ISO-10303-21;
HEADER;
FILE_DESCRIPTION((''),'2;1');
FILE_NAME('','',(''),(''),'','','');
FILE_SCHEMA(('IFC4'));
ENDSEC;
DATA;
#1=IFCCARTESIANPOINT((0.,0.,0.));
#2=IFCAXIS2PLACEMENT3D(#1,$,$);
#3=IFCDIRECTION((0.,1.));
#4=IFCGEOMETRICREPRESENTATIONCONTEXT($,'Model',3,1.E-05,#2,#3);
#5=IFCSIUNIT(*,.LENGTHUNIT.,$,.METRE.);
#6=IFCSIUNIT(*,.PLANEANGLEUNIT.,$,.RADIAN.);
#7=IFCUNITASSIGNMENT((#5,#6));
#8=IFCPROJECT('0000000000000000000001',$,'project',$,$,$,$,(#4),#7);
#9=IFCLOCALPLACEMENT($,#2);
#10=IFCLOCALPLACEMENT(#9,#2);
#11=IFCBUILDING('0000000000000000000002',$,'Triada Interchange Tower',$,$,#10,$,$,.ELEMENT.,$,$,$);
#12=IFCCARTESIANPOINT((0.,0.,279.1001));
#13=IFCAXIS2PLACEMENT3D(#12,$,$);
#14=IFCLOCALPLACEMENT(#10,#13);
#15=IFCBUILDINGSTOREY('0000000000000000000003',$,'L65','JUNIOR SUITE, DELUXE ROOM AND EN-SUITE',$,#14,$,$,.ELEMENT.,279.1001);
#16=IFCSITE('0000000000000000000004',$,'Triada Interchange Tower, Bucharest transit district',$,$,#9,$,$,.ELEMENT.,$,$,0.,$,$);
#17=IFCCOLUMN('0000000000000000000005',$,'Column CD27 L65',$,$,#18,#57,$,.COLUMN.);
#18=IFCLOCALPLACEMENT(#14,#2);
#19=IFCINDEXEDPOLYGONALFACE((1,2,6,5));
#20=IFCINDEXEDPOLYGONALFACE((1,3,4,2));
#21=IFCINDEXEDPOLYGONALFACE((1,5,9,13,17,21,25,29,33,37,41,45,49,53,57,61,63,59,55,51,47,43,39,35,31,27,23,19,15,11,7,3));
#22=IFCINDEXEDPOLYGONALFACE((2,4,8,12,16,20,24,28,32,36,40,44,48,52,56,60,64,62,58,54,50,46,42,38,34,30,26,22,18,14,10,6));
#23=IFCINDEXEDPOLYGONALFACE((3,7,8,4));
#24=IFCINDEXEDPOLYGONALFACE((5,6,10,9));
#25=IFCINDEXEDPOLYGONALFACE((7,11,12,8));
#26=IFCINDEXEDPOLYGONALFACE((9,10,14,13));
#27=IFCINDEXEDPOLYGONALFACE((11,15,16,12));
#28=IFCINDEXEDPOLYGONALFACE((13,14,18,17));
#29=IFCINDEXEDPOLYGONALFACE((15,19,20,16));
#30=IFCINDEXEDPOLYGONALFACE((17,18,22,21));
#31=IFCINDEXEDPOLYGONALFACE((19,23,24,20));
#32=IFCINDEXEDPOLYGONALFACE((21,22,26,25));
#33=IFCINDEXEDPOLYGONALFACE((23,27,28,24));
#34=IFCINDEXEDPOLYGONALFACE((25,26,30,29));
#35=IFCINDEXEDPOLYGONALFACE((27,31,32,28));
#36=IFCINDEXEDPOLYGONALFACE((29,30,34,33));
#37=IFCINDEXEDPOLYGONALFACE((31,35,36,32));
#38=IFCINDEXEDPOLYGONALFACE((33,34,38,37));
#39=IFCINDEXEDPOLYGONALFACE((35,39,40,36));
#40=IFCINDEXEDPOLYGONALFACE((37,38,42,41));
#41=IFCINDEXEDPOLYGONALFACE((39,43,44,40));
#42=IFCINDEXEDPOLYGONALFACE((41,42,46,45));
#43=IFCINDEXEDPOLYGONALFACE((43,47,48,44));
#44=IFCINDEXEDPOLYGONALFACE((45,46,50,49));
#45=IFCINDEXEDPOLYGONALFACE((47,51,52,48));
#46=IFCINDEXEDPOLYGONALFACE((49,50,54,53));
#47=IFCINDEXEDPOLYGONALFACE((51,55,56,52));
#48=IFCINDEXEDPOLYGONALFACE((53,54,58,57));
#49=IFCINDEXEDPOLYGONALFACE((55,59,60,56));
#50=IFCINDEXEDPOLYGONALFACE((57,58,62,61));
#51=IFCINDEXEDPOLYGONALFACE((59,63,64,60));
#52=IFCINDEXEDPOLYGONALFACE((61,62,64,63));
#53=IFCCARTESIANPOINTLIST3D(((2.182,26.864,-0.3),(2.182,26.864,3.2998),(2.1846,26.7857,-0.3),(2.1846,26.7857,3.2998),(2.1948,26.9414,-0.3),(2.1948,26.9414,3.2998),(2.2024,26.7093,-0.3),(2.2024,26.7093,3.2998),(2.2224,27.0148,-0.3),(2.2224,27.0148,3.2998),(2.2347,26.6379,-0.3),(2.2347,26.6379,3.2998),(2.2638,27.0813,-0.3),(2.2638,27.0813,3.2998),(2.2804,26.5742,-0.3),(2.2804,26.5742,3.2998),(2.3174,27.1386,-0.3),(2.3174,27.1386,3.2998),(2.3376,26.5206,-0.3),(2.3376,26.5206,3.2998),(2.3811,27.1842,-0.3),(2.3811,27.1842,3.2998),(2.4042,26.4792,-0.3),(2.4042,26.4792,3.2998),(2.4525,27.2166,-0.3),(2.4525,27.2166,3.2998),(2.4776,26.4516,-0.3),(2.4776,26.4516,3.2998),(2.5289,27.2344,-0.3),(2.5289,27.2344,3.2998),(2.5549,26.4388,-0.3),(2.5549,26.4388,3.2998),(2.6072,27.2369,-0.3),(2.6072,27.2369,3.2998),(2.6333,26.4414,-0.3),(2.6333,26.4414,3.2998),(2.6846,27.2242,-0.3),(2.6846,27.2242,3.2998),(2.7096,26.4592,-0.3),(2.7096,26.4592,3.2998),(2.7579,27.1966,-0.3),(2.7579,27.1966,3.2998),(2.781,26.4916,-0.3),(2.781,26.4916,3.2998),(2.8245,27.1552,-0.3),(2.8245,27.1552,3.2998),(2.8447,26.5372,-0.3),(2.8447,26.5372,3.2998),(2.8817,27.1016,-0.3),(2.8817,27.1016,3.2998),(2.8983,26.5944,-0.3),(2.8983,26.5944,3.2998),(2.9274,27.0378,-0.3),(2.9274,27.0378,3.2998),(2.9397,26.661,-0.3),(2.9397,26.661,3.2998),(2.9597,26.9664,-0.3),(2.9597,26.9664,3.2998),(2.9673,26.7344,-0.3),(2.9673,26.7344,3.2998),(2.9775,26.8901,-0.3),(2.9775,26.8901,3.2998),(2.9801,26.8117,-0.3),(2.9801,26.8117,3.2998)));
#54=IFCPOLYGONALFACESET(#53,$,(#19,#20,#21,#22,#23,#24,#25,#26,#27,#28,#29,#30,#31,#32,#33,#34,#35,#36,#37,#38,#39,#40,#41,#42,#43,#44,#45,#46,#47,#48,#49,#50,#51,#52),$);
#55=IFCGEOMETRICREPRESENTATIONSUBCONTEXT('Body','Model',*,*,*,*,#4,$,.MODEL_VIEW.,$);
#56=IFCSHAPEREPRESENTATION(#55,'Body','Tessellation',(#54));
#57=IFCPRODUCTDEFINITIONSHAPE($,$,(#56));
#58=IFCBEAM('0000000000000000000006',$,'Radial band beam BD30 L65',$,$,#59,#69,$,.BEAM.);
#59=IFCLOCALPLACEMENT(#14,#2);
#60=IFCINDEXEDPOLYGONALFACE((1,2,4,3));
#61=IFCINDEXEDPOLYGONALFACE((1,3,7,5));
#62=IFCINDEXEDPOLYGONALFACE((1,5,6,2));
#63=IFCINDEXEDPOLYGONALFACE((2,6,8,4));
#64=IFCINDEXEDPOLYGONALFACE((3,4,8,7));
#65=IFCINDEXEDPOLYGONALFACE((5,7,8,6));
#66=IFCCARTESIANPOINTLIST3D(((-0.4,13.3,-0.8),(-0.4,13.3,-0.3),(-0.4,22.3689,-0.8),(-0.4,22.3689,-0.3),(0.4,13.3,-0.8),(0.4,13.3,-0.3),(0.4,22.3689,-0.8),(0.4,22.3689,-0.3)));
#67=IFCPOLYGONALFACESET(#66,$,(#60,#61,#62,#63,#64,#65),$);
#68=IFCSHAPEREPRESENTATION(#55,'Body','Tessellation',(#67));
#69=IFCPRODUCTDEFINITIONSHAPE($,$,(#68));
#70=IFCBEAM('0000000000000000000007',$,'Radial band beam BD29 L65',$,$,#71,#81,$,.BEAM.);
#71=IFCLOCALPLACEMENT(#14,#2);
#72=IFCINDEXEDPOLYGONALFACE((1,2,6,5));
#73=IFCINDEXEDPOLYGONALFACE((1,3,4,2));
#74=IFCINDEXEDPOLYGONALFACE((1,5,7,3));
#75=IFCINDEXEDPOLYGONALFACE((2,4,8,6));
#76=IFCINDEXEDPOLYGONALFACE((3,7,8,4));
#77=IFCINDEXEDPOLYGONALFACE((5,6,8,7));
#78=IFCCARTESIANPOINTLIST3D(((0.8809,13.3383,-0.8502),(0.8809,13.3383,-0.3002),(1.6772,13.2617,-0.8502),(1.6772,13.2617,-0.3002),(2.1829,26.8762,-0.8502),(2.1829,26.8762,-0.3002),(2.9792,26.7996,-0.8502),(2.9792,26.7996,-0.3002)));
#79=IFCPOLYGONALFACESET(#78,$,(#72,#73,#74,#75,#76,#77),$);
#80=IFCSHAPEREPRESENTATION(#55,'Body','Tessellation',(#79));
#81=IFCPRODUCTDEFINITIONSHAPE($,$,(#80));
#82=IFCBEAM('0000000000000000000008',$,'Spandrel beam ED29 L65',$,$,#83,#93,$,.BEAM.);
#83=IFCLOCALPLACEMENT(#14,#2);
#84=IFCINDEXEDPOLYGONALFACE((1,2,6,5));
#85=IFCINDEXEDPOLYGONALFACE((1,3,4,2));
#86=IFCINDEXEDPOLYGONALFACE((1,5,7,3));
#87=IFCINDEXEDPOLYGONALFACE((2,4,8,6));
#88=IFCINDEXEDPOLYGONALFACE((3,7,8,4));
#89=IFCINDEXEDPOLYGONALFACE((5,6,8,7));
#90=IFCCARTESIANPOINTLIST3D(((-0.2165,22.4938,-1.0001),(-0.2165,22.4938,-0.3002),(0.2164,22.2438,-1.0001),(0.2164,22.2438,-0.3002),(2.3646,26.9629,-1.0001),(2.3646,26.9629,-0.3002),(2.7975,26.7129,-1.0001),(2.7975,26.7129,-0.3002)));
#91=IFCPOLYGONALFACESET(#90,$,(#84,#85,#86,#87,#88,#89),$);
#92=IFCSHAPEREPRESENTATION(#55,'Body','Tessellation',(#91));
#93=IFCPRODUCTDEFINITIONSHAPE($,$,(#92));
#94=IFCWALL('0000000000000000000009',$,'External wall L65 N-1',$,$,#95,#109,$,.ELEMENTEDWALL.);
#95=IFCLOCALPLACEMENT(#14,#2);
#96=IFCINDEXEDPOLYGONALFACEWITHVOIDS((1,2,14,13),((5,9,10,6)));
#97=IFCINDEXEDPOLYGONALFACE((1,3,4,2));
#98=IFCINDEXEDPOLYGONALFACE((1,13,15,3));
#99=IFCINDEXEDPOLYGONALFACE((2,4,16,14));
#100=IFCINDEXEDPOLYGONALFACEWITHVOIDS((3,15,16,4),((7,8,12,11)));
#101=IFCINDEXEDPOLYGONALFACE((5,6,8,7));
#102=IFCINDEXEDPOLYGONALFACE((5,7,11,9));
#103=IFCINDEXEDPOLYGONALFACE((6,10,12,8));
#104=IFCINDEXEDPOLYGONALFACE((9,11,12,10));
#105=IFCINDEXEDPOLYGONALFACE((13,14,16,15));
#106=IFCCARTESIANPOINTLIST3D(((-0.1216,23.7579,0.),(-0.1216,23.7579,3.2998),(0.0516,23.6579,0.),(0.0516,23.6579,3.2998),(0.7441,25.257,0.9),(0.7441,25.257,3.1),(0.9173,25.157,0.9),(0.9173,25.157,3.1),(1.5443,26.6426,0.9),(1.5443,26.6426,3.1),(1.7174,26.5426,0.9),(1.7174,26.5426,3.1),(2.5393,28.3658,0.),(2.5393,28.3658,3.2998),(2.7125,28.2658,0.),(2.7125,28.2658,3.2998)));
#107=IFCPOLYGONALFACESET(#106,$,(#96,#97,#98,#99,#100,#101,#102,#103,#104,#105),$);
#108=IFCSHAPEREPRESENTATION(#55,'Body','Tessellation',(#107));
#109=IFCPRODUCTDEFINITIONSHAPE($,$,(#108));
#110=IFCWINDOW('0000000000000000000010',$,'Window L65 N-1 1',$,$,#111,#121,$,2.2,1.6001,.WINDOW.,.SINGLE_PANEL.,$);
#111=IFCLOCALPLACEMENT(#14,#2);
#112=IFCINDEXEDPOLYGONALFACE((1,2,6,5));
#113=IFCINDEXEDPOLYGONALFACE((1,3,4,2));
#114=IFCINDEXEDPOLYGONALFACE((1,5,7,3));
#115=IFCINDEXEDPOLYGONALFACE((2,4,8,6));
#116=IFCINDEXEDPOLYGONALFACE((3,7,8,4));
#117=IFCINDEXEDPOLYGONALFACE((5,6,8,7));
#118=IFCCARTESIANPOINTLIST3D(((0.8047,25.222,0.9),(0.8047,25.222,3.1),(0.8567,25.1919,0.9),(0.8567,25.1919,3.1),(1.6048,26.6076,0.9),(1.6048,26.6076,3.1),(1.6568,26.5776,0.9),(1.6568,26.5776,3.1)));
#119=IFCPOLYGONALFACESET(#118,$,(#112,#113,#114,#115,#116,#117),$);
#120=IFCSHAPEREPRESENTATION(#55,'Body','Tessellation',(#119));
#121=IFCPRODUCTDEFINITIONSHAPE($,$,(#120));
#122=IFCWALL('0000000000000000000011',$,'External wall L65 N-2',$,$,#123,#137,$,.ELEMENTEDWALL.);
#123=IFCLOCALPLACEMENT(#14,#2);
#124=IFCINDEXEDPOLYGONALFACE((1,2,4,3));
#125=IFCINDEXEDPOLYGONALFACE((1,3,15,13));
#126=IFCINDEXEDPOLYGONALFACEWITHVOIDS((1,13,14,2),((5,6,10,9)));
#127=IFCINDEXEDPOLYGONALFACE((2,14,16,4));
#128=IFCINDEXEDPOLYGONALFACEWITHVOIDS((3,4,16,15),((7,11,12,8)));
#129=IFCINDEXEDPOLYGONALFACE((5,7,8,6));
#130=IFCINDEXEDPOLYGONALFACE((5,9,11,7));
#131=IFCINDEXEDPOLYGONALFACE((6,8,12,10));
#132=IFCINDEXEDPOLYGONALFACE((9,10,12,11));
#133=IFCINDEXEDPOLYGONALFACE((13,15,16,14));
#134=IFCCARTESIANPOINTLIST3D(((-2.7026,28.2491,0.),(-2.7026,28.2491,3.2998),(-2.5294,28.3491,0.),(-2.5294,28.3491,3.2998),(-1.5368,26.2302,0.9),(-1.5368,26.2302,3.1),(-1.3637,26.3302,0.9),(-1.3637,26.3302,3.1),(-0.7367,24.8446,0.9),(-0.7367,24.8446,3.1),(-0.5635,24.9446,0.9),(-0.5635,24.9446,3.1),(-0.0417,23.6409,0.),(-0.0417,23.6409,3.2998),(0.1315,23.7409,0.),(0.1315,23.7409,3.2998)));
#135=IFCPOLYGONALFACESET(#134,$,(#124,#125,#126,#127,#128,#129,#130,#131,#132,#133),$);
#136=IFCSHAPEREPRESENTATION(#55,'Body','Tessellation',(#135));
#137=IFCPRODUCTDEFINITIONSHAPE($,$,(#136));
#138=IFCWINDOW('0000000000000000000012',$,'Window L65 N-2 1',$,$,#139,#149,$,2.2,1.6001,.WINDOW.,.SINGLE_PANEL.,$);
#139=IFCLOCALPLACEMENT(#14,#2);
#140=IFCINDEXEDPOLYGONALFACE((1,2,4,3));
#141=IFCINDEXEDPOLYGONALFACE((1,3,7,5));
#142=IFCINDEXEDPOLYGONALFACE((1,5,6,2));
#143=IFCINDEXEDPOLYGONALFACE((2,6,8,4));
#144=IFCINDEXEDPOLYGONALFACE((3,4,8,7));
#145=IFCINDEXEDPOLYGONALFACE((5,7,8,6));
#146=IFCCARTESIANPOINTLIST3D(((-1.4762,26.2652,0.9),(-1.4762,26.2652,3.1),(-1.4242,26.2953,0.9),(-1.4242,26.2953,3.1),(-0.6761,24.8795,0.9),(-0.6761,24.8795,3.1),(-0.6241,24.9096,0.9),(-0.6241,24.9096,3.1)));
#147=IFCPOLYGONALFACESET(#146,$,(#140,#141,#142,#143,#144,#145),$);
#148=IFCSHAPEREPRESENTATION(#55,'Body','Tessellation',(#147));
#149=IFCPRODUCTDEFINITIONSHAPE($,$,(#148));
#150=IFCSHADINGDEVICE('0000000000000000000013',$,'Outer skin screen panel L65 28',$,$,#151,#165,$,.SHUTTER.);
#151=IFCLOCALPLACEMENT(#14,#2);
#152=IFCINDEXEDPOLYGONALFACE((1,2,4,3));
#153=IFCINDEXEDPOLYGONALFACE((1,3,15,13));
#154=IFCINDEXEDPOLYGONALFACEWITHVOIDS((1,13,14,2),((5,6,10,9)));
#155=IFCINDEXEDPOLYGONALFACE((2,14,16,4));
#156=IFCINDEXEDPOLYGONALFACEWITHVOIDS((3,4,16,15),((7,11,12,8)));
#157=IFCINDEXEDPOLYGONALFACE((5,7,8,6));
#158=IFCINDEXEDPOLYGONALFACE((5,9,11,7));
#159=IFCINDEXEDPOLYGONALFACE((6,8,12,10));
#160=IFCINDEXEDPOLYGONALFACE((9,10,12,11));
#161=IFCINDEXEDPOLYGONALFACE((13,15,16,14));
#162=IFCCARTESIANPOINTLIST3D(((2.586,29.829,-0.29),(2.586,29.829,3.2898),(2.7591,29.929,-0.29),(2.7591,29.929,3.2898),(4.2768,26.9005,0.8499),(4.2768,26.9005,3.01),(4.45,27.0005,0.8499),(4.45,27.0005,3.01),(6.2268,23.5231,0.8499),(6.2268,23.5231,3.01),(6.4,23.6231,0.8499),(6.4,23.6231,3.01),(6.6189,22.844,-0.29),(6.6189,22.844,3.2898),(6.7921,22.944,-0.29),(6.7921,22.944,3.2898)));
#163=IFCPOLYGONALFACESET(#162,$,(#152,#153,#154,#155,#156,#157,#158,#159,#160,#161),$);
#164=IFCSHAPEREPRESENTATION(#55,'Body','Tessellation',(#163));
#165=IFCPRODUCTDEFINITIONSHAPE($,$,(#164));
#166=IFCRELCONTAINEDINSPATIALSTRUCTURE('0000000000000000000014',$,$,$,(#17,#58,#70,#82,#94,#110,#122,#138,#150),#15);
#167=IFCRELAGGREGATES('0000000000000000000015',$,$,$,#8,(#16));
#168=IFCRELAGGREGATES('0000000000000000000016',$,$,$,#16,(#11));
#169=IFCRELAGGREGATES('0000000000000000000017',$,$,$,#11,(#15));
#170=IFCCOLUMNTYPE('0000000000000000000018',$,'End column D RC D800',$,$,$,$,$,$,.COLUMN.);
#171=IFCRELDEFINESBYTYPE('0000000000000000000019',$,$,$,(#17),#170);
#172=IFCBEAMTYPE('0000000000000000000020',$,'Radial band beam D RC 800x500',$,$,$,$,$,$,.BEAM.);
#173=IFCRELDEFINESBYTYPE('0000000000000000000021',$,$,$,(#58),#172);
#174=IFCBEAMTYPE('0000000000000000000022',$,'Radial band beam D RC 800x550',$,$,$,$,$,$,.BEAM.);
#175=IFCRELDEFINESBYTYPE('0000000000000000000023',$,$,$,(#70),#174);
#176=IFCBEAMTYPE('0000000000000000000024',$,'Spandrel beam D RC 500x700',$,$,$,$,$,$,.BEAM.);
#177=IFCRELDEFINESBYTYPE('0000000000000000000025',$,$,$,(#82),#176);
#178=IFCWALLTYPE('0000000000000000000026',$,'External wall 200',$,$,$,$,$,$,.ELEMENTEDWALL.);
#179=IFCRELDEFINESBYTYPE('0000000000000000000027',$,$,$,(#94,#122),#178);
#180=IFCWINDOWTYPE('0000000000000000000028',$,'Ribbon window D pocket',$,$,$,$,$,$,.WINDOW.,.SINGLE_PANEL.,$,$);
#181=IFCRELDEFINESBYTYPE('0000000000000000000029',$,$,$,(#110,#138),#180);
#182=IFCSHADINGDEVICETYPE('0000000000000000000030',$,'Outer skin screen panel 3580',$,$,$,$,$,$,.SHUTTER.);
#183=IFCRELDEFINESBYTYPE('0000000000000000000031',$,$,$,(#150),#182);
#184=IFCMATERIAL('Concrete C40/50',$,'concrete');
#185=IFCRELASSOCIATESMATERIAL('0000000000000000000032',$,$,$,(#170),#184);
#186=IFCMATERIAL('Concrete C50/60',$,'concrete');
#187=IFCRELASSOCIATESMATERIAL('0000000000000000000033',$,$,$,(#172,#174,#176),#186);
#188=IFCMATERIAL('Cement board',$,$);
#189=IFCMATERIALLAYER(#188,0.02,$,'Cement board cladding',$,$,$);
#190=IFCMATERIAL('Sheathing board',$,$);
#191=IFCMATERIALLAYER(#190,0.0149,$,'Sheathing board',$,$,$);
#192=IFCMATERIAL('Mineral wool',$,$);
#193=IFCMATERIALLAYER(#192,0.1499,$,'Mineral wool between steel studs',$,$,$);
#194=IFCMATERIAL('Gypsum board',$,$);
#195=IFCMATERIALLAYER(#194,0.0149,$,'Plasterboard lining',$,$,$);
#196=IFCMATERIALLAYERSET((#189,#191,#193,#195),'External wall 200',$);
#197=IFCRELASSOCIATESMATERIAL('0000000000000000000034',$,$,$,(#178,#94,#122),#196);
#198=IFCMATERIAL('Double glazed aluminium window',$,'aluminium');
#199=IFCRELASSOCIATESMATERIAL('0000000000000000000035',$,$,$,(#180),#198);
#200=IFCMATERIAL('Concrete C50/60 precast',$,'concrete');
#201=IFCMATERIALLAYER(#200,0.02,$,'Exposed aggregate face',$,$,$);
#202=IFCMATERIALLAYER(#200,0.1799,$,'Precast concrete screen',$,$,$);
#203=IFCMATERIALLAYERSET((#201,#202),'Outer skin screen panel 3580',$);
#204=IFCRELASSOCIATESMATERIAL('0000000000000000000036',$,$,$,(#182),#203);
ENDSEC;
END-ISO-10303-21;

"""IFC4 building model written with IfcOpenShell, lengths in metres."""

from ifc_helpers import new_model, si_unit, direction, frame, frame_2d, origin, origin_2d, place, context, subcontext, project, spatial, polyline, rectangle, circle, outline, extrude, material, layer, layer_set, layer_usage, material_profile, profile_set, type_object, element, fill, save


model = new_model("IFC4")

# Units and contexts
model_context = context("Model", 3, precision=1e-05, world=origin(), true_north=direction((0.0, 1.0)))
body_context = subcontext(model_context, "Body", "Model", "MODEL_VIEW")
ifc_project = project(units=[si_unit("LENGTHUNIT", "METRE"), si_unit("PLANEANGLEUNIT", "RADIAN")], contexts=[model_context])

# Site, building, storey
site_placement = place(None, origin())
site = spatial("IfcSite", under=ifc_project, at=site_placement, Name="Triada Interchange Tower, Bucharest transit district", CompositionType="ELEMENT", RefElevation=0.0)
building_placement = place(site_placement, origin())
building = spatial("IfcBuilding", under=site, at=building_placement, Name="Triada Interchange Tower", CompositionType="ELEMENT")
storey_placement = place(building_placement, frame((0.0, 0.0, 279.1001)))
storey = spatial("IfcBuildingStorey", under=building, at=storey_placement, Name="L65", Description="JUNIOR SUITE, DELUXE ROOM AND EN-SUITE", CompositionType="ELEMENT", Elevation=279.1001)

# Column
ifc_material_1 = material(Name="Concrete C40/50", Category="concrete")
ifc_material_profile_1 = material_profile(ifc_material_1, circle(Radius=0.3999, at=origin_2d()), Name="RC D800")
ifc_profile_set_1 = profile_set([ifc_material_profile_1], Name="Concrete C40/50")
column_type = type_object("IfcColumnType", Name="End column D RC D800", PredefinedType="COLUMN", material=ifc_profile_set_1)
column_placement = place(storey_placement, frame((2.5811, 26.8379, -0.3), z_axis=(0.0, 0.0, 1.0), x_axis=(-0.5, 0.866025, 0.0)))
element("IfcColumn", 1, at=column_placement, inside=storey, type_object=column_type, Name="Column CD27 L65", PredefinedType="COLUMN", context=body_context, shape_type="SweptSolid", body=[
    extrude(circle(Radius=0.3999, at=origin_2d()), origin(), (0.0, 0.0, 1.0), 3.5999),
])

# Beams
ifc_material_2 = material(Name="Concrete C50/60", Category="concrete")
ifc_material_profile_2 = material_profile(ifc_material_2, rectangle(XDim=0.8, YDim=0.5, at=origin_2d()), Name="RC 800x500")
ifc_profile_set_2 = profile_set([ifc_material_profile_2], Name="Concrete C50/60")
beam_type_1 = type_object("IfcBeamType", Name="Radial band beam D RC 800x500", PredefinedType="BEAM", material=ifc_profile_set_2)
beam_1_placement = place(storey_placement, frame((0.0, 22.3689, -0.55), z_axis=(0.0, -1.0, 0.0), x_axis=(1.0, 0.0, 0.0)))
element("IfcBeam", 2, at=beam_1_placement, inside=storey, type_object=beam_type_1, Name="Radial band beam BD30 L65", PredefinedType="BEAM", context=body_context, shape_type="SweptSolid", body=[
    extrude(rectangle(XDim=0.8, YDim=0.5, at=origin_2d()), origin(), (0.0, 0.0, 1.0), 9.0688),
])
ifc_material_profile_3 = material_profile(ifc_material_2, rectangle(XDim=0.8, YDim=0.55, at=origin_2d()), Name="RC 800x550")
ifc_profile_set_3 = profile_set([ifc_material_profile_3], Name="Concrete C50/60")
beam_type_2 = type_object("IfcBeamType", Name="Radial band beam D RC 800x550", PredefinedType="BEAM", material=ifc_profile_set_3)
beam_2_placement = place(storey_placement, frame((2.5811, 26.8379, -0.5752), z_axis=(-0.095733, -0.995407, 0.0), x_axis=(0.995407, -0.095733, 0.0)))
element("IfcBeam", 3, at=beam_2_placement, inside=storey, type_object=beam_type_2, Name="Radial band beam BD29 L65", PredefinedType="BEAM", context=body_context, shape_type="SweptSolid", body=[
    extrude(rectangle(XDim=0.8, YDim=0.55, at=origin_2d()), origin(), (0.0, 0.0, 1.0), 13.6003),
])
ifc_material_profile_4 = material_profile(ifc_material_2, rectangle(XDim=0.5, YDim=0.7, at=origin_2d()), Name="RC 500x700")
ifc_profile_set_4 = profile_set([ifc_material_profile_4], Name="Concrete C50/60")
beam_type_3 = type_object("IfcBeamType", Name="Spandrel beam D RC 500x700", PredefinedType="BEAM", material=ifc_profile_set_4)
beam_3_placement = place(storey_placement, frame((2.5811, 26.8379, -0.6501), z_axis=(-0.500128, -0.865952, 0.0), x_axis=(0.865952, -0.500128, 0.0)))
element("IfcBeam", 4, at=beam_3_placement, inside=storey, type_object=beam_type_3, Name="Spandrel beam ED29 L65", PredefinedType="BEAM", context=body_context, shape_type="SweptSolid", body=[
    extrude(rectangle(XDim=0.5, YDim=0.7, at=origin_2d()), origin(), (0.0, 0.0, 1.0), 5.1609),
])

# Walls, openings, windows
ifc_material_3 = material(Name="Cement board")
ifc_layer_1 = layer(ifc_material_3, 0.02, Name="Cement board cladding")
ifc_material_4 = material(Name="Sheathing board")
ifc_layer_2 = layer(ifc_material_4, 0.0149, Name="Sheathing board")
ifc_material_5 = material(Name="Mineral wool")
ifc_layer_3 = layer(ifc_material_5, 0.1499, Name="Mineral wool between steel studs")
ifc_material_6 = material(Name="Gypsum board")
ifc_layer_4 = layer(ifc_material_6, 0.0149, Name="Plasterboard lining")
ifc_layer_set_1 = layer_set([ifc_layer_1, ifc_layer_2, ifc_layer_3, ifc_layer_4], Name="External wall 200")
ifc_layer_usage = layer_usage(ifc_layer_set_1, "AXIS2", "POSITIVE", -0.1001)
wall_type = type_object("IfcWallType", Name="External wall 200", PredefinedType="ELEMENTEDWALL", material=ifc_layer_set_1)
wall_1_placement = place(storey_placement, frame((2.626, 28.3159, 0.0), z_axis=(0.0, 0.0, 1.0), x_axis=(-0.500072, -0.865984, 0.0)))
wall_1 = element("IfcWall", 5, at=wall_1_placement, inside=storey, type_object=wall_type, material=ifc_layer_usage, Name="External wall L65 N-1", PredefinedType="ELEMENTEDWALL", context=body_context, shape_type="SweptSolid", body=[
    extrude(rectangle(XDim=5.321, YDim=0.2, at=frame_2d((2.6606, 0.0))), origin(), (0.0, 0.0, 1.0), 3.2998),
])
opening_1_placement = place(wall_1_placement, frame((1.99, 0.0, 0.8999)))
opening_1 = element("IfcOpeningElement", 6, at=opening_1_placement, cuts=wall_1, PredefinedType="OPENING", context=body_context, shape_type="SweptSolid", body=[
    extrude(rectangle(XDim=1.6001, YDim=2.2, at=frame_2d((0.8, 1.1001))), frame((0.0, 0.1099, 0.0), z_axis=(0.0, -1.0, 0.0), x_axis=(1.0, 0.0, 0.0)), (0.0, 0.0, 1.0), 0.22),
])
ifc_material_7 = material(Name="Double glazed aluminium window", Category="aluminium")
window_type = type_object("IfcWindowType", Name="Ribbon window D pocket", PartitioningType="SINGLE_PANEL", PredefinedType="WINDOW", material=ifc_material_7)
window_1_placement = place(opening_1_placement, origin())
window_1 = element("IfcWindow", 7, at=window_1_placement, inside=storey, type_object=window_type, Name="Window L65 N-1 1", OverallHeight=2.2, OverallWidth=1.6001, PartitioningType="SINGLE_PANEL", PredefinedType="WINDOW", context=body_context, shape_type="SweptSolid", body=[
    extrude(rectangle(XDim=1.6001, YDim=2.2, at=frame_2d((0.8, 1.1001))), frame((0.0, 0.03, 0.0), z_axis=(0.0, -1.0, 0.0), x_axis=(1.0, 0.0, 0.0)), (0.0, 0.0, 1.0), 0.0601),
])
fill(opening_1, window_1)
wall_2_placement = place(storey_placement, frame((0.0449, 23.6909, 0.0), z_axis=(0.0, 0.0, 1.0), x_axis=(-0.500052, 0.865995, 0.0)))
wall_2 = element("IfcWall", 8, at=wall_2_placement, inside=storey, type_object=wall_type, material=ifc_layer_usage, Name="External wall L65 N-2", PredefinedType="ELEMENTEDWALL", context=body_context, shape_type="SweptSolid", body=[
    extrude(rectangle(XDim=5.3213, YDim=0.2, at=frame_2d((2.6606, 0.0))), origin(), (0.0, 0.0, 1.0), 3.2998),
])
opening_2_placement = place(wall_2_placement, frame((1.3899, 0.0, 0.8999)))
opening_2 = element("IfcOpeningElement", 9, at=opening_2_placement, cuts=wall_2, PredefinedType="OPENING", context=body_context, shape_type="SweptSolid", body=[
    extrude(rectangle(XDim=1.6001, YDim=2.2, at=frame_2d((0.8, 1.1001))), frame((0.0, 0.1099, 0.0), z_axis=(0.0, -1.0, 0.0), x_axis=(1.0, 0.0, 0.0)), (0.0, 0.0, 1.0), 0.22),
])
window_2_placement = place(opening_2_placement, origin())
window_2 = element("IfcWindow", 10, at=window_2_placement, inside=storey, type_object=window_type, Name="Window L65 N-2 1", OverallHeight=2.2, OverallWidth=1.6001, PartitioningType="SINGLE_PANEL", PredefinedType="WINDOW", context=body_context, shape_type="SweptSolid", body=[
    extrude(rectangle(XDim=1.6001, YDim=2.2, at=frame_2d((0.8, 1.1001))), frame((0.0, 0.03, 0.0), z_axis=(0.0, -1.0, 0.0), x_axis=(1.0, 0.0, 0.0)), (0.0, 0.0, 1.0), 0.0601),
])
fill(opening_2, window_2)

# Shading device
ifc_material_8 = material(Name="Concrete C50/60 precast", Category="concrete")
ifc_layer_5 = layer(ifc_material_8, 0.02, Name="Exposed aggregate face")
ifc_layer_6 = layer(ifc_material_8, 0.1799, Name="Precast concrete screen")
ifc_layer_set_2 = layer_set([ifc_layer_5, ifc_layer_6], Name="Outer skin screen panel 3580")
shading_device_type = type_object("IfcShadingDeviceType", Name="Outer skin screen panel 3580", PredefinedType="SHUTTER", material=ifc_layer_set_2)
shading_device_1_placement = place(storey_placement, frame((6.6189, 22.844, -0.29), z_axis=(0.0, 0.0, 1.0), x_axis=(-0.50001, 0.86602, 0.0)))
element("IfcShadingDevice", 11, at=shading_device_1_placement, inside=storey, type_object=shading_device_type, Name="Outer skin screen panel L65 28", PredefinedType="SHUTTER", context=body_context, shape_type="SweptSolid", body=[
    extrude(outline(polyline([(0.0, 0.0), (8.0657, 0.0), (8.0657, 3.5798), (0.0, 3.5798), (0.0, 0.0)]), holes=[polyline([(0.7842, 1.1399), (0.7842, 3.3), (4.6841, 3.3), (4.6841, 1.1399), (0.7842, 1.1399)])]), frame((0.0, 0.0, 0.0), z_axis=(0.0, -1.0, 0.0), x_axis=(1.0, 0.0, 0.0)), (0.0, 0.0, 1.0), 0.2),
])

save(model, "model.ifc")
